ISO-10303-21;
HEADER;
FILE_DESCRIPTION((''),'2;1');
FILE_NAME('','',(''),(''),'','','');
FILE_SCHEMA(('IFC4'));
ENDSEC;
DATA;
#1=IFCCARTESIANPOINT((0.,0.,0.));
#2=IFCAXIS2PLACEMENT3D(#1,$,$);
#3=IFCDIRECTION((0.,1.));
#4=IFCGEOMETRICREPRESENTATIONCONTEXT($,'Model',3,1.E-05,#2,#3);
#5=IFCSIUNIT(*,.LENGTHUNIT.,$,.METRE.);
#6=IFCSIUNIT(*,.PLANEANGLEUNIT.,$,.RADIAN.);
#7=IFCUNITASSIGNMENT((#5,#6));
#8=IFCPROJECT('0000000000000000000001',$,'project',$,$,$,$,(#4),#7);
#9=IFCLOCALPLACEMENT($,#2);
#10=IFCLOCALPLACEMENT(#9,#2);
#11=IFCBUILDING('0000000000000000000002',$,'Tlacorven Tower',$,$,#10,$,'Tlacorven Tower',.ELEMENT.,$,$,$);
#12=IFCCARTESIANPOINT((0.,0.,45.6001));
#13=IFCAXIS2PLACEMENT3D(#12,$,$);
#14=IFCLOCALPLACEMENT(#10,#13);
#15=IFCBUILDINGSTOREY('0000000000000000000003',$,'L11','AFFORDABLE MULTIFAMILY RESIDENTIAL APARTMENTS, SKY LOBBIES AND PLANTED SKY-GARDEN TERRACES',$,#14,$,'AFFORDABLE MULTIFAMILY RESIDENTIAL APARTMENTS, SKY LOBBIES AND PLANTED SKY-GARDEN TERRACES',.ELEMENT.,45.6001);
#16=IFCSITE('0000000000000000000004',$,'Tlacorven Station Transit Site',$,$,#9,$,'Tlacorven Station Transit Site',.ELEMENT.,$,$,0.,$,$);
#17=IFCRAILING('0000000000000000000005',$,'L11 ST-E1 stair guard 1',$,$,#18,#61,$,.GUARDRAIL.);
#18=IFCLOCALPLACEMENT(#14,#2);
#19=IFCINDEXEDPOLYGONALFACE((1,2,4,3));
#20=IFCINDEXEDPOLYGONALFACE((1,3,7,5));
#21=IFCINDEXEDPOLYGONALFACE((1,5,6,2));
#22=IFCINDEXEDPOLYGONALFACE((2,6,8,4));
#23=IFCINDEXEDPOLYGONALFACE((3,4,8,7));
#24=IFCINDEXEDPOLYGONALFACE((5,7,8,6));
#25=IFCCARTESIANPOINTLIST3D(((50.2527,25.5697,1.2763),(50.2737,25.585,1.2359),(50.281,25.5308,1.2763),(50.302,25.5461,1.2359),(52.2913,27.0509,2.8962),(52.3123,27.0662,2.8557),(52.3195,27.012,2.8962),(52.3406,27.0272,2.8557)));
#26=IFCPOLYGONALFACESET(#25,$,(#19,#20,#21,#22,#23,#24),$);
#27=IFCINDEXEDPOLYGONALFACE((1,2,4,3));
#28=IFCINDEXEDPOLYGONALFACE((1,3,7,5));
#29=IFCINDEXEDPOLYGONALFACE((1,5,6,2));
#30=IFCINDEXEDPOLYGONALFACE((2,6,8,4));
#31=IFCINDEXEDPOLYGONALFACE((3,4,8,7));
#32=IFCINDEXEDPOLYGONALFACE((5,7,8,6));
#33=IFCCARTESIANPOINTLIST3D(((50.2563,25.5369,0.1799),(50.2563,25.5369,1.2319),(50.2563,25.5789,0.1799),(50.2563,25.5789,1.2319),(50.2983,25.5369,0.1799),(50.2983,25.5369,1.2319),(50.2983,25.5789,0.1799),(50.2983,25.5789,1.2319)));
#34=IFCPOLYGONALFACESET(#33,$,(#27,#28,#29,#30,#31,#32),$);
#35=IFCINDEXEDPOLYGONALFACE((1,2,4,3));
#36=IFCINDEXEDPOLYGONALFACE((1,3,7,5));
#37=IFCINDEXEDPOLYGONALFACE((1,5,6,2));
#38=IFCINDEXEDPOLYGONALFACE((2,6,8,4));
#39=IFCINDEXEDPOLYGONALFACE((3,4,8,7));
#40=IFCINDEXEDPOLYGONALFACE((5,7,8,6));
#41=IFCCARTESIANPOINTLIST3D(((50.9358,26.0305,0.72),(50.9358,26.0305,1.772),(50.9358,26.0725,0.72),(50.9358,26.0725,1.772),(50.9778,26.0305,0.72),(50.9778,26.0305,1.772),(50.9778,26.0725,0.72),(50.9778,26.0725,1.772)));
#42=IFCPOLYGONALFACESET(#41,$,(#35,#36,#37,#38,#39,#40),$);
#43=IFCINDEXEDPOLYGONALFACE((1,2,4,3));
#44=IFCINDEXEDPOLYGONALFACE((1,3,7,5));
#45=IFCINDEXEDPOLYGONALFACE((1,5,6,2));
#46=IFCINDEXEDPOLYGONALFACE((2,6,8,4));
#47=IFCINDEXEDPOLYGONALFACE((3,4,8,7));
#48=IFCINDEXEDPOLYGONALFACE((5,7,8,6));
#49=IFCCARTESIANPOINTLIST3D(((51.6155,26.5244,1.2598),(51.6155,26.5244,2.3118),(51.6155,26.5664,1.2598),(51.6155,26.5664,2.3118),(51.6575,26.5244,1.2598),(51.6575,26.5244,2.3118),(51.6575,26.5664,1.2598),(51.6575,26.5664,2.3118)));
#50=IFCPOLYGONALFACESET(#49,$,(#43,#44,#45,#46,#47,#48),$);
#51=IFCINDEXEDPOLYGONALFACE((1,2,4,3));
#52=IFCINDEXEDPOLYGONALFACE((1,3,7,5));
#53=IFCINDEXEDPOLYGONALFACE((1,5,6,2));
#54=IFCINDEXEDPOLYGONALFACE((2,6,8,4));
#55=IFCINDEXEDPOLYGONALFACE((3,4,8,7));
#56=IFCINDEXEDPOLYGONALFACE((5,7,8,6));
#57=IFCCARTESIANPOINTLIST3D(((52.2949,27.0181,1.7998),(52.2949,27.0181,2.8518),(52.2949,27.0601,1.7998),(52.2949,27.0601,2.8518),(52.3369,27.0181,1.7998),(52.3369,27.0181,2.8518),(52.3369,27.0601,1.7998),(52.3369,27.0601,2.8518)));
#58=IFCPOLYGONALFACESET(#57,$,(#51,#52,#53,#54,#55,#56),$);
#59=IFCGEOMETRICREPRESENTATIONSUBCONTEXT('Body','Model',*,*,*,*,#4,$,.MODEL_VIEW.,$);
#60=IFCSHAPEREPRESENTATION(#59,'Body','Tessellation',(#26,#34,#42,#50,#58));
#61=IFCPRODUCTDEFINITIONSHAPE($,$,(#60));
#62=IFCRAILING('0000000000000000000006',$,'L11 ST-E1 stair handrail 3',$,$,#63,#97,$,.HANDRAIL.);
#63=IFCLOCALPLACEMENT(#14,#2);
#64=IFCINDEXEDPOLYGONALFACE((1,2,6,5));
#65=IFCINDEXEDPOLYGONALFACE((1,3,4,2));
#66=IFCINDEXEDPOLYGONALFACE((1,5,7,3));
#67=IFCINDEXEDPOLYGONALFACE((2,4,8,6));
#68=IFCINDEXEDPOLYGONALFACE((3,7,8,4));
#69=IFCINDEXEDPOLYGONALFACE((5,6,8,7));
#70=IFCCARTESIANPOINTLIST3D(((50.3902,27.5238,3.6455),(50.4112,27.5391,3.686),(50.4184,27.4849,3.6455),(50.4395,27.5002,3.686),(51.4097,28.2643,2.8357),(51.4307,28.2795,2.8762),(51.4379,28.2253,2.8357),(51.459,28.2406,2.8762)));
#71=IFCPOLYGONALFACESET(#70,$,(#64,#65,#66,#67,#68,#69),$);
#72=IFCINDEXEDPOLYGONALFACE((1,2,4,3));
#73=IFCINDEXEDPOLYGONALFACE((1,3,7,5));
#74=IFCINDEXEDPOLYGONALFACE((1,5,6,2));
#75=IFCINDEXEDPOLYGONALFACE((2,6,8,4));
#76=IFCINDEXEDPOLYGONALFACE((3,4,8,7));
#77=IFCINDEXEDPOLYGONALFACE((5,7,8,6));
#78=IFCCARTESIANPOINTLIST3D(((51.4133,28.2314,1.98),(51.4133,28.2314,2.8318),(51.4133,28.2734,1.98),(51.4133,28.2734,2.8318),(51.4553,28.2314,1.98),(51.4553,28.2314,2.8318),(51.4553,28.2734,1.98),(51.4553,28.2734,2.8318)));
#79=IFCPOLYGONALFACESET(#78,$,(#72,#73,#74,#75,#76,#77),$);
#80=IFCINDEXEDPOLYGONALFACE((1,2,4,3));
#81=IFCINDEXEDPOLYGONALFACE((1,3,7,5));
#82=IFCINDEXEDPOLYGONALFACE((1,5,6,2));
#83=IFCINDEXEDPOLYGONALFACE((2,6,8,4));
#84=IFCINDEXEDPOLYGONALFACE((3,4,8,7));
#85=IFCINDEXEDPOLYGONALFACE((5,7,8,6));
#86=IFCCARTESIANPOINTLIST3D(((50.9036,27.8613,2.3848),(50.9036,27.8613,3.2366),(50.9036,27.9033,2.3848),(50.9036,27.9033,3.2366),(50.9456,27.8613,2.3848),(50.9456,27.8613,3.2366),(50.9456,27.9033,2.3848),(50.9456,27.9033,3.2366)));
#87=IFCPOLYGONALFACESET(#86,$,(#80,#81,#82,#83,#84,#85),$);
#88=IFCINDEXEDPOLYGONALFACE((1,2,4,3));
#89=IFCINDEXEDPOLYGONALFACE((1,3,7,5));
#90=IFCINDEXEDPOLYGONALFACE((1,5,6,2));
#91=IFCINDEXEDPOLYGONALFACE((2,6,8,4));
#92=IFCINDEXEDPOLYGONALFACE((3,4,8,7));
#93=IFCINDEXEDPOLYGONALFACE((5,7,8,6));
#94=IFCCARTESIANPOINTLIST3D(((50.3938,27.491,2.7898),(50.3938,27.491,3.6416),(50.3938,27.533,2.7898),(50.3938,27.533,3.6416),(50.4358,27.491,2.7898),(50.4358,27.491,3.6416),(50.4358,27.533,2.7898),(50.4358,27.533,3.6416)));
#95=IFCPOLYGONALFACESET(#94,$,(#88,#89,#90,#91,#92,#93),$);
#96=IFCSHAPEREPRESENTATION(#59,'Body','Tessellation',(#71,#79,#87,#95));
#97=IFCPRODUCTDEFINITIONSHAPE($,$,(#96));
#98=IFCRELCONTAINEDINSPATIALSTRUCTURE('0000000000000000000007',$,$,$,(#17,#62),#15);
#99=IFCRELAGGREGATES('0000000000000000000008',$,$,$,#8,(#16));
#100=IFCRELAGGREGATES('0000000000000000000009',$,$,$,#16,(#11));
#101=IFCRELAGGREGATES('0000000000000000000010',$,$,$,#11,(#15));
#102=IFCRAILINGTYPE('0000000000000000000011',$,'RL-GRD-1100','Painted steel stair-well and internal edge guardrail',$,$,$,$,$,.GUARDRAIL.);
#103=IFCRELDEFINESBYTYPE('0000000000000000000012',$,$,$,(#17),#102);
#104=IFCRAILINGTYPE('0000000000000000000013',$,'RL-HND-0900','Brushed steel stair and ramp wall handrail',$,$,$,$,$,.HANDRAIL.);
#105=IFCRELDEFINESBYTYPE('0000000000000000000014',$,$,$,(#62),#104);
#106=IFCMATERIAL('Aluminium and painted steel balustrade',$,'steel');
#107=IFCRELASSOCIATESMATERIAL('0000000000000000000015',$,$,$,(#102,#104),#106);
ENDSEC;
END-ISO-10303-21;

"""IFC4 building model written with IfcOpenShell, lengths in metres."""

from ifc_helpers import new_model, si_unit, direction, frame, origin, origin_2d, place, context, subcontext, project, spatial, rectangle, extrude, source, transform, mapped, material, type_object, element, save


model = new_model("IFC4")

# Units and contexts
model_context = context("Model", 3, precision=1e-05, world=origin(), true_north=direction((0.0, 1.0)))
body_context = subcontext(model_context, "Body", "Model", "MODEL_VIEW")
ifc_project = project(units=[si_unit("LENGTHUNIT", "METRE"), si_unit("PLANEANGLEUNIT", "RADIAN")], contexts=[model_context])

# Site, building, storey
site_placement = place(None, origin())
site = spatial("IfcSite", under=ifc_project, at=site_placement, Name="Tlacorven Station Transit Site", LongName="Tlacorven Station Transit Site", CompositionType="ELEMENT", RefElevation=0.0)
building_placement = place(site_placement, origin())
building = spatial("IfcBuilding", under=site, at=building_placement, Name="Tlacorven Tower", LongName="Tlacorven Tower", CompositionType="ELEMENT")
storey_placement = place(building_placement, frame((0.0, 0.0, 45.6001)))
storey = spatial("IfcBuildingStorey", under=building, at=storey_placement, Name="L11", Description="AFFORDABLE MULTIFAMILY RESIDENTIAL APARTMENTS, SKY LOBBIES AND PLANTED SKY-GARDEN TERRACES", LongName="AFFORDABLE MULTIFAMILY RESIDENTIAL APARTMENTS, SKY LOBBIES AND PLANTED SKY-GARDEN TERRACES", CompositionType="ELEMENT", Elevation=45.6001)

# Railings
ifc_material_1 = material(Name="Aluminium and painted steel balustrade", Category="steel")
railing_type_1 = type_object("IfcRailingType", Name="RL-GRD-1100", Description="Painted steel stair-well and internal edge guardrail", PredefinedType="GUARDRAIL", material=ifc_material_1)
railing_type_2 = type_object("IfcRailingType", Name="RL-HND-0900", Description="Brushed steel stair and ramp wall handrail", PredefinedType="HANDRAIL", material=ifc_material_1)
shared_shape_1 = source(origin(), body_context, "Body", "SweptSolid", [
    extrude(rectangle(XDim=0.0481, YDim=0.0481, at=origin_2d()), frame((0.0, 0.0, 1.0762), z_axis=(0.680519, 0.494456, 0.540747), x_axis=(-0.587809, 0.809, 0.0)), (0.0, 0.0, 1.0), 2.9956),
    extrude(rectangle(XDim=0.042, YDim=0.042, at=origin_2d()), origin(), (0.0, 0.0, 1.0), 1.052),
    extrude(rectangle(XDim=0.042, YDim=0.042, at=origin_2d()), frame((0.6794, 0.4937, 0.54)), (0.0, 0.0, 1.0), 1.052),
    extrude(rectangle(XDim=0.042, YDim=0.042, at=origin_2d()), frame((1.3591, 0.9875, 1.0798)), (0.0, 0.0, 1.0), 1.052),
    extrude(rectangle(XDim=0.042, YDim=0.042, at=origin_2d()), frame((2.0386, 1.4812, 1.6199)), (0.0, 0.0, 1.0), 1.052),
])
railing_1_placement = place(storey_placement, frame((50.2773, 25.5579, 0.1799)))
element("IfcRailing", 1, at=railing_1_placement, inside=storey, type_object=railing_type_1, Name="L11 ST-E1 stair guard 1", PredefinedType="GUARDRAIL", context=body_context, shape_type="MappedRepresentation", body=[
    mapped(shared_shape_1, transform((0.0, 0.0, 0.0), scale=1.0)),
])
shared_shape_2 = source(origin(), body_context, "Body", "SweptSolid", [
    extrude(rectangle(XDim=0.0481, YDim=0.0481, at=origin_2d()), frame((0.0, 0.0, 0.876), z_axis=(-0.680664, -0.494361, 0.540652), x_axis=(0.587653, -0.809113, 0.0)), (0.0, 0.0, 1.0), 1.4978),
    extrude(rectangle(XDim=0.042, YDim=0.042, at=origin_2d()), origin(), (0.0, 0.0, 1.0), 0.8518),
    extrude(rectangle(XDim=0.042, YDim=0.042, at=origin_2d()), frame((-0.5098, -0.3701, 0.4048)), (0.0, 0.0, 1.0), 0.8518),
    extrude(rectangle(XDim=0.042, YDim=0.042, at=origin_2d()), frame((-1.0195, -0.7405, 0.8098)), (0.0, 0.0, 1.0), 0.8518),
])
railing_2_placement = place(storey_placement, frame((51.4343, 28.2524, 1.98)))
element("IfcRailing", 2, at=railing_2_placement, inside=storey, type_object=railing_type_2, Name="L11 ST-E1 stair handrail 3", PredefinedType="HANDRAIL", context=body_context, shape_type="MappedRepresentation", body=[
    mapped(shared_shape_2, transform((0.0, 0.0, 0.0), scale=1.0)),
])

save(model, "model.ifc")
